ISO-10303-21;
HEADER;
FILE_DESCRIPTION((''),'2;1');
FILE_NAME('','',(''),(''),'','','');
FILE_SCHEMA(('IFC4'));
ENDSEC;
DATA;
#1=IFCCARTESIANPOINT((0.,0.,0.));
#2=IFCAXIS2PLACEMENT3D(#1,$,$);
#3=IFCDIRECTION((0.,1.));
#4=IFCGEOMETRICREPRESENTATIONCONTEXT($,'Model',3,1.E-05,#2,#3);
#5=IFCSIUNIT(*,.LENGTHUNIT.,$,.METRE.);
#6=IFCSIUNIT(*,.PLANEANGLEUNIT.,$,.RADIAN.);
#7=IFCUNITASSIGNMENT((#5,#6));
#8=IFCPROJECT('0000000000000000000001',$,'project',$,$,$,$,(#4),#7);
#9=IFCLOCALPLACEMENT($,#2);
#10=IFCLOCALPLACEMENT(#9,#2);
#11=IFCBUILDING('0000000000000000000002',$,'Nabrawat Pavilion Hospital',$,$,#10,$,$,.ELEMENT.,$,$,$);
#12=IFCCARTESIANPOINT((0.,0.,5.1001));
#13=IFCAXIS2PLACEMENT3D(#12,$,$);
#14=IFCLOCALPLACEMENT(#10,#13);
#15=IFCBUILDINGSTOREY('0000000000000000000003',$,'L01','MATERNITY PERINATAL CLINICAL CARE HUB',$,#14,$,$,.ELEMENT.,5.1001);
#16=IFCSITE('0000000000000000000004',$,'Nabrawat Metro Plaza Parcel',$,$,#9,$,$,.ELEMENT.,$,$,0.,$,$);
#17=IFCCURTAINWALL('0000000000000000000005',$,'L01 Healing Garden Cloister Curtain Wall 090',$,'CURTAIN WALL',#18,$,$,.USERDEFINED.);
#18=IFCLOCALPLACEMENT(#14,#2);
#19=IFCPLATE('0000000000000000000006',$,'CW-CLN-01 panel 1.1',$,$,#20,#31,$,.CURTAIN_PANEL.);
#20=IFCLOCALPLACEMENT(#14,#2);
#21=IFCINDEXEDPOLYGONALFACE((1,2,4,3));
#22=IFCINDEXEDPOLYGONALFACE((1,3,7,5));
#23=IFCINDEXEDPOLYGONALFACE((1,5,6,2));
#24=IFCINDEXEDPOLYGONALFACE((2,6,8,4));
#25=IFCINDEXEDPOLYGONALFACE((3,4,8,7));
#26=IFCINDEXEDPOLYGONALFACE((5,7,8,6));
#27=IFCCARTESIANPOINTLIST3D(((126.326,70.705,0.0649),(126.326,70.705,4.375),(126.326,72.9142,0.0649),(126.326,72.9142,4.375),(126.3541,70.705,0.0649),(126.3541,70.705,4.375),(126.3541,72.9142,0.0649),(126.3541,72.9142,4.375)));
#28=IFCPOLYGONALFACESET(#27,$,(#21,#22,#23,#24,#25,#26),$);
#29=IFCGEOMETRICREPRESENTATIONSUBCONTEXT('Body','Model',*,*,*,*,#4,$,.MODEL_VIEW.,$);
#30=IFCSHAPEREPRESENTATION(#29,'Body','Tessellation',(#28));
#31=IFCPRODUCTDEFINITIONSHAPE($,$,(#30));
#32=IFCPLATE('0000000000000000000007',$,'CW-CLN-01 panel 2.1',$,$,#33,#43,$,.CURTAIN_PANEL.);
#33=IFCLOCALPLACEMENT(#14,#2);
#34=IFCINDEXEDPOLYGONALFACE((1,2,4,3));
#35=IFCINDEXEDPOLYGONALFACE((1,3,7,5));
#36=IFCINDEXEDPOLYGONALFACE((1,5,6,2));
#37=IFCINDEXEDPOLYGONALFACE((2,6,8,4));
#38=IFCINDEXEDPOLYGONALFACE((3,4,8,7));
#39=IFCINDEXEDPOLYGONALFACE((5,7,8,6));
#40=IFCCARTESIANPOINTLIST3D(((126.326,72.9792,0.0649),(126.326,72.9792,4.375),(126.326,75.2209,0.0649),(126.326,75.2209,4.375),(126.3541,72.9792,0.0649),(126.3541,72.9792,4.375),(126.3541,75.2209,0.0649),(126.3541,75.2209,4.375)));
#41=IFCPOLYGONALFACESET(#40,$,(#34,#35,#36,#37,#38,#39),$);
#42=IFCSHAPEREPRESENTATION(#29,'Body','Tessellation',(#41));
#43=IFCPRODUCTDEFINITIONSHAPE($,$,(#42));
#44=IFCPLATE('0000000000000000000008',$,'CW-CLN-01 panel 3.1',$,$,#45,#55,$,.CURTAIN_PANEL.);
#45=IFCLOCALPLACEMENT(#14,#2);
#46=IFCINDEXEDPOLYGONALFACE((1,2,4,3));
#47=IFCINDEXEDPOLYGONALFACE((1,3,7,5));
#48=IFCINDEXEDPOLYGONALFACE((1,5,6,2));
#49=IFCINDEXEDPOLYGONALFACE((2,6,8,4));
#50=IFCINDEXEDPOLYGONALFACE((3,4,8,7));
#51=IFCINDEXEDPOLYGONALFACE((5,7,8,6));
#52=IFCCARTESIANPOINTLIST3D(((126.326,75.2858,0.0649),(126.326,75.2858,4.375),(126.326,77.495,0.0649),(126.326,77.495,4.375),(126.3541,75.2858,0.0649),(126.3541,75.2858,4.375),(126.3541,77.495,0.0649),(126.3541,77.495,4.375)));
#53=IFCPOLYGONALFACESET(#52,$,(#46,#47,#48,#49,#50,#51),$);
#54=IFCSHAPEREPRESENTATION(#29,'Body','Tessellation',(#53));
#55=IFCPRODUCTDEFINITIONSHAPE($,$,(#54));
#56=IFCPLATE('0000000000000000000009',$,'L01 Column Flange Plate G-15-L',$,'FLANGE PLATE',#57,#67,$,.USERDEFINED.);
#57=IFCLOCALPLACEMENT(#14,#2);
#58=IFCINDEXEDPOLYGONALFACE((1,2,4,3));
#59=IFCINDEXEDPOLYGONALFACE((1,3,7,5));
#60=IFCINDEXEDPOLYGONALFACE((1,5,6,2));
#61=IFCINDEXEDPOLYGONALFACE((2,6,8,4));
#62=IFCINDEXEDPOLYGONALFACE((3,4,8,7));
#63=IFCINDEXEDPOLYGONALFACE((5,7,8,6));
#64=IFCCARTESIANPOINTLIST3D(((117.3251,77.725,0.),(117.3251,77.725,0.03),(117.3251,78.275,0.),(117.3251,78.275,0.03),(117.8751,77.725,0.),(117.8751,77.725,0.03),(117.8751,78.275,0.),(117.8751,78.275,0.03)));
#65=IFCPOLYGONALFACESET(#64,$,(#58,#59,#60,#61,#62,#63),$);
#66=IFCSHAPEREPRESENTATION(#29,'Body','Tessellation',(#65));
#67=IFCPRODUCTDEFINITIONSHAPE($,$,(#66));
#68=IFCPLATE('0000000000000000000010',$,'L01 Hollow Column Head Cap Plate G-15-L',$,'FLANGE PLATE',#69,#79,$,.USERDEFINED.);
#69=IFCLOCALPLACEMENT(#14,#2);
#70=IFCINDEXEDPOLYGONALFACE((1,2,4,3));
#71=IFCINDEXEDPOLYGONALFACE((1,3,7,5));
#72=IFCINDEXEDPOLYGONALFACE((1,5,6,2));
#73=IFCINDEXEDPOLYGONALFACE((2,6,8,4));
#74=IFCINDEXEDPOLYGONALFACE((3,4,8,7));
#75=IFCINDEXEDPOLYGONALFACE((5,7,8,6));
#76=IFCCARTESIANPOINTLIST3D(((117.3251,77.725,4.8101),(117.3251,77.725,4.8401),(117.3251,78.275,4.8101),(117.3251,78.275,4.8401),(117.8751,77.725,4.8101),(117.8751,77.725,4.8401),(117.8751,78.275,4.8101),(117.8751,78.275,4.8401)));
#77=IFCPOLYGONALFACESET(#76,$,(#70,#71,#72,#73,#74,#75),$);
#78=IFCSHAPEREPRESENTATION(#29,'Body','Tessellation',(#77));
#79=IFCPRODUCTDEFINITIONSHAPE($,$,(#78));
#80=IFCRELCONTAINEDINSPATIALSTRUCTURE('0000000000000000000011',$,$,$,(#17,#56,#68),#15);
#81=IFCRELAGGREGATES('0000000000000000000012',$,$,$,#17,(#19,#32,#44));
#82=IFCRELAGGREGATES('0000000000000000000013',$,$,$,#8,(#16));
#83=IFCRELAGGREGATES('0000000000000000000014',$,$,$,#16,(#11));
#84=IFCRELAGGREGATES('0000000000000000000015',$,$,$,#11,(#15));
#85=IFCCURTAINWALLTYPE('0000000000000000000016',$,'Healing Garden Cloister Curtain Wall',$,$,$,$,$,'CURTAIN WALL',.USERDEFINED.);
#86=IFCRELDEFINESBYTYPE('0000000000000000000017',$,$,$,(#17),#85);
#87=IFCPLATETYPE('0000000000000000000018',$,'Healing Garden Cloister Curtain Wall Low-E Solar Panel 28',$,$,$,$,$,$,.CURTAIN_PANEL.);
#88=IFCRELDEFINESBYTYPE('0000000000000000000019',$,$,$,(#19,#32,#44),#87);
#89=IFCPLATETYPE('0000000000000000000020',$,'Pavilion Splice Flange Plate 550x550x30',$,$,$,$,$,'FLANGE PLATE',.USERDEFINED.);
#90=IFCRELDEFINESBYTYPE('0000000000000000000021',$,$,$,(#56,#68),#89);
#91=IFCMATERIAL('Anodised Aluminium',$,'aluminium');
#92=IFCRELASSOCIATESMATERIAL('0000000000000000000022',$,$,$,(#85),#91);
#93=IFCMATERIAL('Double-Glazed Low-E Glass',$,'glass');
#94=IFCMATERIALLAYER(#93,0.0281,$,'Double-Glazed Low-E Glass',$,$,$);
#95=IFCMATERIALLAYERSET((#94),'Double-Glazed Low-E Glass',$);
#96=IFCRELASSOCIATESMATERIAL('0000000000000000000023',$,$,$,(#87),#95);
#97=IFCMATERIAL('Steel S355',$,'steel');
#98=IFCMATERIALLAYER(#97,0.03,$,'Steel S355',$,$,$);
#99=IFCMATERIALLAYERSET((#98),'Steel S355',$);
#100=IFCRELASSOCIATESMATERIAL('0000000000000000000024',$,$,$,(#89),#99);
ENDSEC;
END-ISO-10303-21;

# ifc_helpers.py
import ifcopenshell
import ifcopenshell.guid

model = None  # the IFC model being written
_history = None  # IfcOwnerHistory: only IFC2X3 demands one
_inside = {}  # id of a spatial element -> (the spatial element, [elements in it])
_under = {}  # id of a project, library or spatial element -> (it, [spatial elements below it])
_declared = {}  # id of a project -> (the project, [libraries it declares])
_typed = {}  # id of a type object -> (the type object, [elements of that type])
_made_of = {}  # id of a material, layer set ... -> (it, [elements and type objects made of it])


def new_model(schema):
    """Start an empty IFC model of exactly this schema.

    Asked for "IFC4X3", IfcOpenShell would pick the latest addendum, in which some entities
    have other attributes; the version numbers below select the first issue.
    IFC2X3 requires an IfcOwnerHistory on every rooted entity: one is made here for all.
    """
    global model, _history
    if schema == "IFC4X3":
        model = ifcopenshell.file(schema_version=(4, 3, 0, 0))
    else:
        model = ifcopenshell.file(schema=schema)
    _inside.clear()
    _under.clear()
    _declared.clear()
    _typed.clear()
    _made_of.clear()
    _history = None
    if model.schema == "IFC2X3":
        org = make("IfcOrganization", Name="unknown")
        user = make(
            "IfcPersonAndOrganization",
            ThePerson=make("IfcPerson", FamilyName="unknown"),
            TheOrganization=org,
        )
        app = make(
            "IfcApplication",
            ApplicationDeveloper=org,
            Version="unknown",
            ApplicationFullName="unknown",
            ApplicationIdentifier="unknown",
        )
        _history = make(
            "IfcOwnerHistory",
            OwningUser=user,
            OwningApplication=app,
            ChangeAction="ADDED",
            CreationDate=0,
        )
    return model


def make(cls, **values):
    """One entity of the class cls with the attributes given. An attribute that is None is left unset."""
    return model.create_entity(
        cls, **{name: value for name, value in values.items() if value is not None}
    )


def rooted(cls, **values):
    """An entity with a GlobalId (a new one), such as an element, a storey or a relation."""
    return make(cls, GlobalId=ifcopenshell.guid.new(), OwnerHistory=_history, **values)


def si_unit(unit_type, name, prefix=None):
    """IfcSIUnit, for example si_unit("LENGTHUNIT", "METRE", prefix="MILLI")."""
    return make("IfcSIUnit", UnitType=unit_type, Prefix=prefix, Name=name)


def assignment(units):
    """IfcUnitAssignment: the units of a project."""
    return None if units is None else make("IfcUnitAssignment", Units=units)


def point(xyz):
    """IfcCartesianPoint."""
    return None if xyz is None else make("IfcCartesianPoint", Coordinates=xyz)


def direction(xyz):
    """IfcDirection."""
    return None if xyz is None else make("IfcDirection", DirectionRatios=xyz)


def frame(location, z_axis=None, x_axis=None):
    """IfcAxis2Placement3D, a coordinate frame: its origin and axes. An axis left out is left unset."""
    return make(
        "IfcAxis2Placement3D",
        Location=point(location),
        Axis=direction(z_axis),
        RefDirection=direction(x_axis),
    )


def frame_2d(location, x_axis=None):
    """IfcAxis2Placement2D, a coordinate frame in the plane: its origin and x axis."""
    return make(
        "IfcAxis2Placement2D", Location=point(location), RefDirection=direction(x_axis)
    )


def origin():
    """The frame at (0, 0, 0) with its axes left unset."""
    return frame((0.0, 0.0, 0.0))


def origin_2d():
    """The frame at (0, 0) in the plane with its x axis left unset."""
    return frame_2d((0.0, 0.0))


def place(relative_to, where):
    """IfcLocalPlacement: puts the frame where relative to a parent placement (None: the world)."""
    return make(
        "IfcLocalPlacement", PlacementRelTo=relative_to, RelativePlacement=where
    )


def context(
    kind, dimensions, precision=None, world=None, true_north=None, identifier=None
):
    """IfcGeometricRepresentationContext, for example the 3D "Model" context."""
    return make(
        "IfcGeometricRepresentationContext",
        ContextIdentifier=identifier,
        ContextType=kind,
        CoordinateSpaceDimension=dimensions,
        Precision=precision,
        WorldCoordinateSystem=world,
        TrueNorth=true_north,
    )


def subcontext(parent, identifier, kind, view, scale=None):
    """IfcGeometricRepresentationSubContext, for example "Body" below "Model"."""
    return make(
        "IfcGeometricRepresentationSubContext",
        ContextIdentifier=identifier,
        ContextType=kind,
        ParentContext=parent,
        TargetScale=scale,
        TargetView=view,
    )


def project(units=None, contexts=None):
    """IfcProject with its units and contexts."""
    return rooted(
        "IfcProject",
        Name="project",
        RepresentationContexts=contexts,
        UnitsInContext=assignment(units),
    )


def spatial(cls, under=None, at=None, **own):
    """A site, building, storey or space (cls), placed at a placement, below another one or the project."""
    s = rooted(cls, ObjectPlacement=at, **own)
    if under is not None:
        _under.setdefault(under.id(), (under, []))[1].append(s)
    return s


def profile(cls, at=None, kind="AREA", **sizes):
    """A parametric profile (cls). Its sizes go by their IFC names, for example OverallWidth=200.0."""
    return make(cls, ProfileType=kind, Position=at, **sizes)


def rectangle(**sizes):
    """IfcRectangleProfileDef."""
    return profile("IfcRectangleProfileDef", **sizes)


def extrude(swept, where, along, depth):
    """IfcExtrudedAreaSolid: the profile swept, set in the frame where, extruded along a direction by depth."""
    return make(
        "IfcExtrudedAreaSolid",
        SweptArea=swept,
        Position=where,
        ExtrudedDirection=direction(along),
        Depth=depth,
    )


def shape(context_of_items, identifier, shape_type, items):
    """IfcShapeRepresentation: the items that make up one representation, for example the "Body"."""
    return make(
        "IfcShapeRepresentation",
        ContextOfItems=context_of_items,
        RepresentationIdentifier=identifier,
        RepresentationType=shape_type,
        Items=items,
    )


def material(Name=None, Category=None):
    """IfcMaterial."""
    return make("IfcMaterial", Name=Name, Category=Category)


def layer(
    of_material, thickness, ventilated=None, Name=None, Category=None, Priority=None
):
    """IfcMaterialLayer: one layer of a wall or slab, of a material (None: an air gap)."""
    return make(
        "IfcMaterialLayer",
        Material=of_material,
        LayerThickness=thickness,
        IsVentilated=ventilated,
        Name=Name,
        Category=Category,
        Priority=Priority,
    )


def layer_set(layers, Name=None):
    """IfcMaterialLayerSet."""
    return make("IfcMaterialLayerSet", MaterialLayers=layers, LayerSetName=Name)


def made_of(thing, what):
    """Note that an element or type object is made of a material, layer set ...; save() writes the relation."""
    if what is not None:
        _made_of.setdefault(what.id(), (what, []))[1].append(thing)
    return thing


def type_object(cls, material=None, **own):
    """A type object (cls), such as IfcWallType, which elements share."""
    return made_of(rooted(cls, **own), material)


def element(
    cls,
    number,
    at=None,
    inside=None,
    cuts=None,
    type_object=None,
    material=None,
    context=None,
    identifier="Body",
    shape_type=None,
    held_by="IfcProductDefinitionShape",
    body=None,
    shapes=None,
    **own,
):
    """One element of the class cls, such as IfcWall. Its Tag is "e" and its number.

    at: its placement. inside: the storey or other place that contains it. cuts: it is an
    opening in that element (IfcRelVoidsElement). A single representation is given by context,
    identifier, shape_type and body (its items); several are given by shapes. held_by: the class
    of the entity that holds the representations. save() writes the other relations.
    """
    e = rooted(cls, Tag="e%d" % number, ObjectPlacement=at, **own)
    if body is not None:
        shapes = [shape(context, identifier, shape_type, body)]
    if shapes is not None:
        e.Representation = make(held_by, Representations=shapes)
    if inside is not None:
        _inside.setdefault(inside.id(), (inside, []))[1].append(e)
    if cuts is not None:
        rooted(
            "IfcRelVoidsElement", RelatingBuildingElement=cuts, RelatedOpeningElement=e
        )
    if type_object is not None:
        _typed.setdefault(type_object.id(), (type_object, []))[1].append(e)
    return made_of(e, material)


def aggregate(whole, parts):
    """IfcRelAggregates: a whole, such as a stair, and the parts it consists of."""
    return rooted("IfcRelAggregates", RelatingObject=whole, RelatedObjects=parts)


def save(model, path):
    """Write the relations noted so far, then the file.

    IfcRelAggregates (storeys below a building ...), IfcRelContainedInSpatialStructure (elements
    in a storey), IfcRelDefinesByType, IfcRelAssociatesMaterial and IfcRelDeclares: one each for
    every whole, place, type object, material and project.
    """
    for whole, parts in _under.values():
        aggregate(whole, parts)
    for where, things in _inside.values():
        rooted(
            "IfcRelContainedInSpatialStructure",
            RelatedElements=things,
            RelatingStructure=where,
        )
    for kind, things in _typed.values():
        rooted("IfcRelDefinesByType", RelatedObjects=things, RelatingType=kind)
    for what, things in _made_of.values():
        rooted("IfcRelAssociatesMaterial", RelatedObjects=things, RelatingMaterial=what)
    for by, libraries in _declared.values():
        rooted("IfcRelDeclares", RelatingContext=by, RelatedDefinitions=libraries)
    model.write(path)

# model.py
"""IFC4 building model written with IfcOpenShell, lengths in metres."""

from ifc_helpers import new_model, si_unit, direction, frame, origin, origin_2d, place, context, subcontext, project, spatial, rectangle, extrude, material, layer, layer_set, type_object, element, aggregate, save


model = new_model("IFC4")

# Units and contexts
model_context = context("Model", 3, precision=1e-05, world=origin(), true_north=direction((0.0, 1.0)))
body_context = subcontext(model_context, "Body", "Model", "MODEL_VIEW")
ifc_project = project(units=[si_unit("LENGTHUNIT", "METRE"), si_unit("PLANEANGLEUNIT", "RADIAN")], contexts=[model_context])

# Site, building, storey
site_placement = place(None, origin())
site = spatial("IfcSite", under=ifc_project, at=site_placement, Name="Nabrawat Metro Plaza Parcel", CompositionType="ELEMENT", RefElevation=0.0)
building_placement = place(site_placement, origin())
building = spatial("IfcBuilding", under=site, at=building_placement, Name="Nabrawat Pavilion Hospital", CompositionType="ELEMENT")
storey_placement = place(building_placement, frame((0.0, 0.0, 5.1001)))
storey = spatial("IfcBuildingStorey", under=building, at=storey_placement, Name="L01", Description="MATERNITY PERINATAL CLINICAL CARE HUB", CompositionType="ELEMENT", Elevation=5.1001)

# Shared definitions
ifc_material_1 = material(Name="Steel S355", Category="steel")

# Shared definitions
ifc_material_2 = material(Name="Anodised Aluminium", Category="aluminium")

# Shared definitions
curtain_wall_type_1 = type_object("IfcCurtainWallType", Name="Healing Garden Cloister Curtain Wall", ElementType="CURTAIN WALL", PredefinedType="USERDEFINED", material=ifc_material_2)

# Curtain wall
curtain_wall_1_placement = place(storey_placement, origin())
curtain_wall_1 = element("IfcCurtainWall", 1, at=curtain_wall_1_placement, inside=storey, type_object=curtain_wall_type_1, Name="L01 Healing Garden Cloister Curtain Wall 090", ObjectType="CURTAIN WALL", PredefinedType="USERDEFINED")

# Plates
ifc_material_3 = material(Name="Double-Glazed Low-E Glass", Category="glass")
ifc_layer_1 = layer(ifc_material_3, 0.0281, Name="Double-Glazed Low-E Glass")
ifc_layer_set_1 = layer_set([ifc_layer_1], Name="Double-Glazed Low-E Glass")
plate_type_1 = type_object("IfcPlateType", Name="Healing Garden Cloister Curtain Wall Low-E Solar Panel 28", PredefinedType="CURTAIN_PANEL", material=ifc_layer_set_1)
plate_1_placement = place(storey_placement, frame((126.3401, 71.8096, 0.0649), z_axis=(0.0, 0.0, 1.0), x_axis=(0.0, 1.0, 0.0)))
plate_1 = element("IfcPlate", 2, at=plate_1_placement, type_object=plate_type_1, Name="CW-CLN-01 panel 1.1", PredefinedType="CURTAIN_PANEL", context=body_context, shape_type="SweptSolid", body=[
    extrude(rectangle(XDim=2.2092, YDim=0.0281, at=origin_2d()), origin(), (0.0, 0.0, 1.0), 4.3101),
])
plate_2_placement = place(storey_placement, frame((126.3401, 74.1001, 0.0649), z_axis=(0.0, 0.0, 1.0), x_axis=(0.0, 1.0, 0.0)))
plate_2 = element("IfcPlate", 3, at=plate_2_placement, type_object=plate_type_1, Name="CW-CLN-01 panel 2.1", PredefinedType="CURTAIN_PANEL", context=body_context, shape_type="SweptSolid", body=[
    extrude(rectangle(XDim=2.2417, YDim=0.0281, at=origin_2d()), origin(), (0.0, 0.0, 1.0), 4.3101),
])
plate_3_placement = place(storey_placement, frame((126.3401, 76.3904, 0.0649), z_axis=(0.0, 0.0, 1.0), x_axis=(0.0, 1.0, 0.0)))
plate_3 = element("IfcPlate", 4, at=plate_3_placement, type_object=plate_type_1, Name="CW-CLN-01 panel 3.1", PredefinedType="CURTAIN_PANEL", context=body_context, shape_type="SweptSolid", body=[
    extrude(rectangle(XDim=2.2092, YDim=0.0281, at=origin_2d()), origin(), (0.0, 0.0, 1.0), 4.3101),
])
aggregate(curtain_wall_1, [plate_1, plate_2, plate_3])

# Plates
ifc_layer_2 = layer(ifc_material_1, 0.03, Name="Steel S355")
ifc_layer_set_2 = layer_set([ifc_layer_2], Name="Steel S355")
plate_type_2 = type_object("IfcPlateType", Name="Pavilion Splice Flange Plate 550x550x30", ElementType="FLANGE PLATE", PredefinedType="USERDEFINED", material=ifc_layer_set_2)
for number, where, z_axis, x_axis, name in (
    (5, (117.6001, 78.0, 0.0), (0.0, 0.0, 1.0), (1.0, 0.0, 0.0), "L01 Column Flange Plate G-15-L"),
    (6, (117.6001, 78.0, 4.8101), (0.0, 0.0, 1.0), (1.0, 0.0, 0.0), "L01 Hollow Column Head Cap Plate G-15-L"),
):
    element("IfcPlate", number, at=place(storey_placement, frame(where, z_axis=z_axis, x_axis=x_axis)), inside=storey, type_object=plate_type_2, Name=name, ObjectType="FLANGE PLATE", PredefinedType="USERDEFINED", context=body_context, shape_type="SweptSolid", body=[
        extrude(rectangle(XDim=0.55, YDim=0.55, at=origin_2d()), origin(), (0.0, 0.0, 1.0), 0.03),
    ])

save(model, "model.ifc")
